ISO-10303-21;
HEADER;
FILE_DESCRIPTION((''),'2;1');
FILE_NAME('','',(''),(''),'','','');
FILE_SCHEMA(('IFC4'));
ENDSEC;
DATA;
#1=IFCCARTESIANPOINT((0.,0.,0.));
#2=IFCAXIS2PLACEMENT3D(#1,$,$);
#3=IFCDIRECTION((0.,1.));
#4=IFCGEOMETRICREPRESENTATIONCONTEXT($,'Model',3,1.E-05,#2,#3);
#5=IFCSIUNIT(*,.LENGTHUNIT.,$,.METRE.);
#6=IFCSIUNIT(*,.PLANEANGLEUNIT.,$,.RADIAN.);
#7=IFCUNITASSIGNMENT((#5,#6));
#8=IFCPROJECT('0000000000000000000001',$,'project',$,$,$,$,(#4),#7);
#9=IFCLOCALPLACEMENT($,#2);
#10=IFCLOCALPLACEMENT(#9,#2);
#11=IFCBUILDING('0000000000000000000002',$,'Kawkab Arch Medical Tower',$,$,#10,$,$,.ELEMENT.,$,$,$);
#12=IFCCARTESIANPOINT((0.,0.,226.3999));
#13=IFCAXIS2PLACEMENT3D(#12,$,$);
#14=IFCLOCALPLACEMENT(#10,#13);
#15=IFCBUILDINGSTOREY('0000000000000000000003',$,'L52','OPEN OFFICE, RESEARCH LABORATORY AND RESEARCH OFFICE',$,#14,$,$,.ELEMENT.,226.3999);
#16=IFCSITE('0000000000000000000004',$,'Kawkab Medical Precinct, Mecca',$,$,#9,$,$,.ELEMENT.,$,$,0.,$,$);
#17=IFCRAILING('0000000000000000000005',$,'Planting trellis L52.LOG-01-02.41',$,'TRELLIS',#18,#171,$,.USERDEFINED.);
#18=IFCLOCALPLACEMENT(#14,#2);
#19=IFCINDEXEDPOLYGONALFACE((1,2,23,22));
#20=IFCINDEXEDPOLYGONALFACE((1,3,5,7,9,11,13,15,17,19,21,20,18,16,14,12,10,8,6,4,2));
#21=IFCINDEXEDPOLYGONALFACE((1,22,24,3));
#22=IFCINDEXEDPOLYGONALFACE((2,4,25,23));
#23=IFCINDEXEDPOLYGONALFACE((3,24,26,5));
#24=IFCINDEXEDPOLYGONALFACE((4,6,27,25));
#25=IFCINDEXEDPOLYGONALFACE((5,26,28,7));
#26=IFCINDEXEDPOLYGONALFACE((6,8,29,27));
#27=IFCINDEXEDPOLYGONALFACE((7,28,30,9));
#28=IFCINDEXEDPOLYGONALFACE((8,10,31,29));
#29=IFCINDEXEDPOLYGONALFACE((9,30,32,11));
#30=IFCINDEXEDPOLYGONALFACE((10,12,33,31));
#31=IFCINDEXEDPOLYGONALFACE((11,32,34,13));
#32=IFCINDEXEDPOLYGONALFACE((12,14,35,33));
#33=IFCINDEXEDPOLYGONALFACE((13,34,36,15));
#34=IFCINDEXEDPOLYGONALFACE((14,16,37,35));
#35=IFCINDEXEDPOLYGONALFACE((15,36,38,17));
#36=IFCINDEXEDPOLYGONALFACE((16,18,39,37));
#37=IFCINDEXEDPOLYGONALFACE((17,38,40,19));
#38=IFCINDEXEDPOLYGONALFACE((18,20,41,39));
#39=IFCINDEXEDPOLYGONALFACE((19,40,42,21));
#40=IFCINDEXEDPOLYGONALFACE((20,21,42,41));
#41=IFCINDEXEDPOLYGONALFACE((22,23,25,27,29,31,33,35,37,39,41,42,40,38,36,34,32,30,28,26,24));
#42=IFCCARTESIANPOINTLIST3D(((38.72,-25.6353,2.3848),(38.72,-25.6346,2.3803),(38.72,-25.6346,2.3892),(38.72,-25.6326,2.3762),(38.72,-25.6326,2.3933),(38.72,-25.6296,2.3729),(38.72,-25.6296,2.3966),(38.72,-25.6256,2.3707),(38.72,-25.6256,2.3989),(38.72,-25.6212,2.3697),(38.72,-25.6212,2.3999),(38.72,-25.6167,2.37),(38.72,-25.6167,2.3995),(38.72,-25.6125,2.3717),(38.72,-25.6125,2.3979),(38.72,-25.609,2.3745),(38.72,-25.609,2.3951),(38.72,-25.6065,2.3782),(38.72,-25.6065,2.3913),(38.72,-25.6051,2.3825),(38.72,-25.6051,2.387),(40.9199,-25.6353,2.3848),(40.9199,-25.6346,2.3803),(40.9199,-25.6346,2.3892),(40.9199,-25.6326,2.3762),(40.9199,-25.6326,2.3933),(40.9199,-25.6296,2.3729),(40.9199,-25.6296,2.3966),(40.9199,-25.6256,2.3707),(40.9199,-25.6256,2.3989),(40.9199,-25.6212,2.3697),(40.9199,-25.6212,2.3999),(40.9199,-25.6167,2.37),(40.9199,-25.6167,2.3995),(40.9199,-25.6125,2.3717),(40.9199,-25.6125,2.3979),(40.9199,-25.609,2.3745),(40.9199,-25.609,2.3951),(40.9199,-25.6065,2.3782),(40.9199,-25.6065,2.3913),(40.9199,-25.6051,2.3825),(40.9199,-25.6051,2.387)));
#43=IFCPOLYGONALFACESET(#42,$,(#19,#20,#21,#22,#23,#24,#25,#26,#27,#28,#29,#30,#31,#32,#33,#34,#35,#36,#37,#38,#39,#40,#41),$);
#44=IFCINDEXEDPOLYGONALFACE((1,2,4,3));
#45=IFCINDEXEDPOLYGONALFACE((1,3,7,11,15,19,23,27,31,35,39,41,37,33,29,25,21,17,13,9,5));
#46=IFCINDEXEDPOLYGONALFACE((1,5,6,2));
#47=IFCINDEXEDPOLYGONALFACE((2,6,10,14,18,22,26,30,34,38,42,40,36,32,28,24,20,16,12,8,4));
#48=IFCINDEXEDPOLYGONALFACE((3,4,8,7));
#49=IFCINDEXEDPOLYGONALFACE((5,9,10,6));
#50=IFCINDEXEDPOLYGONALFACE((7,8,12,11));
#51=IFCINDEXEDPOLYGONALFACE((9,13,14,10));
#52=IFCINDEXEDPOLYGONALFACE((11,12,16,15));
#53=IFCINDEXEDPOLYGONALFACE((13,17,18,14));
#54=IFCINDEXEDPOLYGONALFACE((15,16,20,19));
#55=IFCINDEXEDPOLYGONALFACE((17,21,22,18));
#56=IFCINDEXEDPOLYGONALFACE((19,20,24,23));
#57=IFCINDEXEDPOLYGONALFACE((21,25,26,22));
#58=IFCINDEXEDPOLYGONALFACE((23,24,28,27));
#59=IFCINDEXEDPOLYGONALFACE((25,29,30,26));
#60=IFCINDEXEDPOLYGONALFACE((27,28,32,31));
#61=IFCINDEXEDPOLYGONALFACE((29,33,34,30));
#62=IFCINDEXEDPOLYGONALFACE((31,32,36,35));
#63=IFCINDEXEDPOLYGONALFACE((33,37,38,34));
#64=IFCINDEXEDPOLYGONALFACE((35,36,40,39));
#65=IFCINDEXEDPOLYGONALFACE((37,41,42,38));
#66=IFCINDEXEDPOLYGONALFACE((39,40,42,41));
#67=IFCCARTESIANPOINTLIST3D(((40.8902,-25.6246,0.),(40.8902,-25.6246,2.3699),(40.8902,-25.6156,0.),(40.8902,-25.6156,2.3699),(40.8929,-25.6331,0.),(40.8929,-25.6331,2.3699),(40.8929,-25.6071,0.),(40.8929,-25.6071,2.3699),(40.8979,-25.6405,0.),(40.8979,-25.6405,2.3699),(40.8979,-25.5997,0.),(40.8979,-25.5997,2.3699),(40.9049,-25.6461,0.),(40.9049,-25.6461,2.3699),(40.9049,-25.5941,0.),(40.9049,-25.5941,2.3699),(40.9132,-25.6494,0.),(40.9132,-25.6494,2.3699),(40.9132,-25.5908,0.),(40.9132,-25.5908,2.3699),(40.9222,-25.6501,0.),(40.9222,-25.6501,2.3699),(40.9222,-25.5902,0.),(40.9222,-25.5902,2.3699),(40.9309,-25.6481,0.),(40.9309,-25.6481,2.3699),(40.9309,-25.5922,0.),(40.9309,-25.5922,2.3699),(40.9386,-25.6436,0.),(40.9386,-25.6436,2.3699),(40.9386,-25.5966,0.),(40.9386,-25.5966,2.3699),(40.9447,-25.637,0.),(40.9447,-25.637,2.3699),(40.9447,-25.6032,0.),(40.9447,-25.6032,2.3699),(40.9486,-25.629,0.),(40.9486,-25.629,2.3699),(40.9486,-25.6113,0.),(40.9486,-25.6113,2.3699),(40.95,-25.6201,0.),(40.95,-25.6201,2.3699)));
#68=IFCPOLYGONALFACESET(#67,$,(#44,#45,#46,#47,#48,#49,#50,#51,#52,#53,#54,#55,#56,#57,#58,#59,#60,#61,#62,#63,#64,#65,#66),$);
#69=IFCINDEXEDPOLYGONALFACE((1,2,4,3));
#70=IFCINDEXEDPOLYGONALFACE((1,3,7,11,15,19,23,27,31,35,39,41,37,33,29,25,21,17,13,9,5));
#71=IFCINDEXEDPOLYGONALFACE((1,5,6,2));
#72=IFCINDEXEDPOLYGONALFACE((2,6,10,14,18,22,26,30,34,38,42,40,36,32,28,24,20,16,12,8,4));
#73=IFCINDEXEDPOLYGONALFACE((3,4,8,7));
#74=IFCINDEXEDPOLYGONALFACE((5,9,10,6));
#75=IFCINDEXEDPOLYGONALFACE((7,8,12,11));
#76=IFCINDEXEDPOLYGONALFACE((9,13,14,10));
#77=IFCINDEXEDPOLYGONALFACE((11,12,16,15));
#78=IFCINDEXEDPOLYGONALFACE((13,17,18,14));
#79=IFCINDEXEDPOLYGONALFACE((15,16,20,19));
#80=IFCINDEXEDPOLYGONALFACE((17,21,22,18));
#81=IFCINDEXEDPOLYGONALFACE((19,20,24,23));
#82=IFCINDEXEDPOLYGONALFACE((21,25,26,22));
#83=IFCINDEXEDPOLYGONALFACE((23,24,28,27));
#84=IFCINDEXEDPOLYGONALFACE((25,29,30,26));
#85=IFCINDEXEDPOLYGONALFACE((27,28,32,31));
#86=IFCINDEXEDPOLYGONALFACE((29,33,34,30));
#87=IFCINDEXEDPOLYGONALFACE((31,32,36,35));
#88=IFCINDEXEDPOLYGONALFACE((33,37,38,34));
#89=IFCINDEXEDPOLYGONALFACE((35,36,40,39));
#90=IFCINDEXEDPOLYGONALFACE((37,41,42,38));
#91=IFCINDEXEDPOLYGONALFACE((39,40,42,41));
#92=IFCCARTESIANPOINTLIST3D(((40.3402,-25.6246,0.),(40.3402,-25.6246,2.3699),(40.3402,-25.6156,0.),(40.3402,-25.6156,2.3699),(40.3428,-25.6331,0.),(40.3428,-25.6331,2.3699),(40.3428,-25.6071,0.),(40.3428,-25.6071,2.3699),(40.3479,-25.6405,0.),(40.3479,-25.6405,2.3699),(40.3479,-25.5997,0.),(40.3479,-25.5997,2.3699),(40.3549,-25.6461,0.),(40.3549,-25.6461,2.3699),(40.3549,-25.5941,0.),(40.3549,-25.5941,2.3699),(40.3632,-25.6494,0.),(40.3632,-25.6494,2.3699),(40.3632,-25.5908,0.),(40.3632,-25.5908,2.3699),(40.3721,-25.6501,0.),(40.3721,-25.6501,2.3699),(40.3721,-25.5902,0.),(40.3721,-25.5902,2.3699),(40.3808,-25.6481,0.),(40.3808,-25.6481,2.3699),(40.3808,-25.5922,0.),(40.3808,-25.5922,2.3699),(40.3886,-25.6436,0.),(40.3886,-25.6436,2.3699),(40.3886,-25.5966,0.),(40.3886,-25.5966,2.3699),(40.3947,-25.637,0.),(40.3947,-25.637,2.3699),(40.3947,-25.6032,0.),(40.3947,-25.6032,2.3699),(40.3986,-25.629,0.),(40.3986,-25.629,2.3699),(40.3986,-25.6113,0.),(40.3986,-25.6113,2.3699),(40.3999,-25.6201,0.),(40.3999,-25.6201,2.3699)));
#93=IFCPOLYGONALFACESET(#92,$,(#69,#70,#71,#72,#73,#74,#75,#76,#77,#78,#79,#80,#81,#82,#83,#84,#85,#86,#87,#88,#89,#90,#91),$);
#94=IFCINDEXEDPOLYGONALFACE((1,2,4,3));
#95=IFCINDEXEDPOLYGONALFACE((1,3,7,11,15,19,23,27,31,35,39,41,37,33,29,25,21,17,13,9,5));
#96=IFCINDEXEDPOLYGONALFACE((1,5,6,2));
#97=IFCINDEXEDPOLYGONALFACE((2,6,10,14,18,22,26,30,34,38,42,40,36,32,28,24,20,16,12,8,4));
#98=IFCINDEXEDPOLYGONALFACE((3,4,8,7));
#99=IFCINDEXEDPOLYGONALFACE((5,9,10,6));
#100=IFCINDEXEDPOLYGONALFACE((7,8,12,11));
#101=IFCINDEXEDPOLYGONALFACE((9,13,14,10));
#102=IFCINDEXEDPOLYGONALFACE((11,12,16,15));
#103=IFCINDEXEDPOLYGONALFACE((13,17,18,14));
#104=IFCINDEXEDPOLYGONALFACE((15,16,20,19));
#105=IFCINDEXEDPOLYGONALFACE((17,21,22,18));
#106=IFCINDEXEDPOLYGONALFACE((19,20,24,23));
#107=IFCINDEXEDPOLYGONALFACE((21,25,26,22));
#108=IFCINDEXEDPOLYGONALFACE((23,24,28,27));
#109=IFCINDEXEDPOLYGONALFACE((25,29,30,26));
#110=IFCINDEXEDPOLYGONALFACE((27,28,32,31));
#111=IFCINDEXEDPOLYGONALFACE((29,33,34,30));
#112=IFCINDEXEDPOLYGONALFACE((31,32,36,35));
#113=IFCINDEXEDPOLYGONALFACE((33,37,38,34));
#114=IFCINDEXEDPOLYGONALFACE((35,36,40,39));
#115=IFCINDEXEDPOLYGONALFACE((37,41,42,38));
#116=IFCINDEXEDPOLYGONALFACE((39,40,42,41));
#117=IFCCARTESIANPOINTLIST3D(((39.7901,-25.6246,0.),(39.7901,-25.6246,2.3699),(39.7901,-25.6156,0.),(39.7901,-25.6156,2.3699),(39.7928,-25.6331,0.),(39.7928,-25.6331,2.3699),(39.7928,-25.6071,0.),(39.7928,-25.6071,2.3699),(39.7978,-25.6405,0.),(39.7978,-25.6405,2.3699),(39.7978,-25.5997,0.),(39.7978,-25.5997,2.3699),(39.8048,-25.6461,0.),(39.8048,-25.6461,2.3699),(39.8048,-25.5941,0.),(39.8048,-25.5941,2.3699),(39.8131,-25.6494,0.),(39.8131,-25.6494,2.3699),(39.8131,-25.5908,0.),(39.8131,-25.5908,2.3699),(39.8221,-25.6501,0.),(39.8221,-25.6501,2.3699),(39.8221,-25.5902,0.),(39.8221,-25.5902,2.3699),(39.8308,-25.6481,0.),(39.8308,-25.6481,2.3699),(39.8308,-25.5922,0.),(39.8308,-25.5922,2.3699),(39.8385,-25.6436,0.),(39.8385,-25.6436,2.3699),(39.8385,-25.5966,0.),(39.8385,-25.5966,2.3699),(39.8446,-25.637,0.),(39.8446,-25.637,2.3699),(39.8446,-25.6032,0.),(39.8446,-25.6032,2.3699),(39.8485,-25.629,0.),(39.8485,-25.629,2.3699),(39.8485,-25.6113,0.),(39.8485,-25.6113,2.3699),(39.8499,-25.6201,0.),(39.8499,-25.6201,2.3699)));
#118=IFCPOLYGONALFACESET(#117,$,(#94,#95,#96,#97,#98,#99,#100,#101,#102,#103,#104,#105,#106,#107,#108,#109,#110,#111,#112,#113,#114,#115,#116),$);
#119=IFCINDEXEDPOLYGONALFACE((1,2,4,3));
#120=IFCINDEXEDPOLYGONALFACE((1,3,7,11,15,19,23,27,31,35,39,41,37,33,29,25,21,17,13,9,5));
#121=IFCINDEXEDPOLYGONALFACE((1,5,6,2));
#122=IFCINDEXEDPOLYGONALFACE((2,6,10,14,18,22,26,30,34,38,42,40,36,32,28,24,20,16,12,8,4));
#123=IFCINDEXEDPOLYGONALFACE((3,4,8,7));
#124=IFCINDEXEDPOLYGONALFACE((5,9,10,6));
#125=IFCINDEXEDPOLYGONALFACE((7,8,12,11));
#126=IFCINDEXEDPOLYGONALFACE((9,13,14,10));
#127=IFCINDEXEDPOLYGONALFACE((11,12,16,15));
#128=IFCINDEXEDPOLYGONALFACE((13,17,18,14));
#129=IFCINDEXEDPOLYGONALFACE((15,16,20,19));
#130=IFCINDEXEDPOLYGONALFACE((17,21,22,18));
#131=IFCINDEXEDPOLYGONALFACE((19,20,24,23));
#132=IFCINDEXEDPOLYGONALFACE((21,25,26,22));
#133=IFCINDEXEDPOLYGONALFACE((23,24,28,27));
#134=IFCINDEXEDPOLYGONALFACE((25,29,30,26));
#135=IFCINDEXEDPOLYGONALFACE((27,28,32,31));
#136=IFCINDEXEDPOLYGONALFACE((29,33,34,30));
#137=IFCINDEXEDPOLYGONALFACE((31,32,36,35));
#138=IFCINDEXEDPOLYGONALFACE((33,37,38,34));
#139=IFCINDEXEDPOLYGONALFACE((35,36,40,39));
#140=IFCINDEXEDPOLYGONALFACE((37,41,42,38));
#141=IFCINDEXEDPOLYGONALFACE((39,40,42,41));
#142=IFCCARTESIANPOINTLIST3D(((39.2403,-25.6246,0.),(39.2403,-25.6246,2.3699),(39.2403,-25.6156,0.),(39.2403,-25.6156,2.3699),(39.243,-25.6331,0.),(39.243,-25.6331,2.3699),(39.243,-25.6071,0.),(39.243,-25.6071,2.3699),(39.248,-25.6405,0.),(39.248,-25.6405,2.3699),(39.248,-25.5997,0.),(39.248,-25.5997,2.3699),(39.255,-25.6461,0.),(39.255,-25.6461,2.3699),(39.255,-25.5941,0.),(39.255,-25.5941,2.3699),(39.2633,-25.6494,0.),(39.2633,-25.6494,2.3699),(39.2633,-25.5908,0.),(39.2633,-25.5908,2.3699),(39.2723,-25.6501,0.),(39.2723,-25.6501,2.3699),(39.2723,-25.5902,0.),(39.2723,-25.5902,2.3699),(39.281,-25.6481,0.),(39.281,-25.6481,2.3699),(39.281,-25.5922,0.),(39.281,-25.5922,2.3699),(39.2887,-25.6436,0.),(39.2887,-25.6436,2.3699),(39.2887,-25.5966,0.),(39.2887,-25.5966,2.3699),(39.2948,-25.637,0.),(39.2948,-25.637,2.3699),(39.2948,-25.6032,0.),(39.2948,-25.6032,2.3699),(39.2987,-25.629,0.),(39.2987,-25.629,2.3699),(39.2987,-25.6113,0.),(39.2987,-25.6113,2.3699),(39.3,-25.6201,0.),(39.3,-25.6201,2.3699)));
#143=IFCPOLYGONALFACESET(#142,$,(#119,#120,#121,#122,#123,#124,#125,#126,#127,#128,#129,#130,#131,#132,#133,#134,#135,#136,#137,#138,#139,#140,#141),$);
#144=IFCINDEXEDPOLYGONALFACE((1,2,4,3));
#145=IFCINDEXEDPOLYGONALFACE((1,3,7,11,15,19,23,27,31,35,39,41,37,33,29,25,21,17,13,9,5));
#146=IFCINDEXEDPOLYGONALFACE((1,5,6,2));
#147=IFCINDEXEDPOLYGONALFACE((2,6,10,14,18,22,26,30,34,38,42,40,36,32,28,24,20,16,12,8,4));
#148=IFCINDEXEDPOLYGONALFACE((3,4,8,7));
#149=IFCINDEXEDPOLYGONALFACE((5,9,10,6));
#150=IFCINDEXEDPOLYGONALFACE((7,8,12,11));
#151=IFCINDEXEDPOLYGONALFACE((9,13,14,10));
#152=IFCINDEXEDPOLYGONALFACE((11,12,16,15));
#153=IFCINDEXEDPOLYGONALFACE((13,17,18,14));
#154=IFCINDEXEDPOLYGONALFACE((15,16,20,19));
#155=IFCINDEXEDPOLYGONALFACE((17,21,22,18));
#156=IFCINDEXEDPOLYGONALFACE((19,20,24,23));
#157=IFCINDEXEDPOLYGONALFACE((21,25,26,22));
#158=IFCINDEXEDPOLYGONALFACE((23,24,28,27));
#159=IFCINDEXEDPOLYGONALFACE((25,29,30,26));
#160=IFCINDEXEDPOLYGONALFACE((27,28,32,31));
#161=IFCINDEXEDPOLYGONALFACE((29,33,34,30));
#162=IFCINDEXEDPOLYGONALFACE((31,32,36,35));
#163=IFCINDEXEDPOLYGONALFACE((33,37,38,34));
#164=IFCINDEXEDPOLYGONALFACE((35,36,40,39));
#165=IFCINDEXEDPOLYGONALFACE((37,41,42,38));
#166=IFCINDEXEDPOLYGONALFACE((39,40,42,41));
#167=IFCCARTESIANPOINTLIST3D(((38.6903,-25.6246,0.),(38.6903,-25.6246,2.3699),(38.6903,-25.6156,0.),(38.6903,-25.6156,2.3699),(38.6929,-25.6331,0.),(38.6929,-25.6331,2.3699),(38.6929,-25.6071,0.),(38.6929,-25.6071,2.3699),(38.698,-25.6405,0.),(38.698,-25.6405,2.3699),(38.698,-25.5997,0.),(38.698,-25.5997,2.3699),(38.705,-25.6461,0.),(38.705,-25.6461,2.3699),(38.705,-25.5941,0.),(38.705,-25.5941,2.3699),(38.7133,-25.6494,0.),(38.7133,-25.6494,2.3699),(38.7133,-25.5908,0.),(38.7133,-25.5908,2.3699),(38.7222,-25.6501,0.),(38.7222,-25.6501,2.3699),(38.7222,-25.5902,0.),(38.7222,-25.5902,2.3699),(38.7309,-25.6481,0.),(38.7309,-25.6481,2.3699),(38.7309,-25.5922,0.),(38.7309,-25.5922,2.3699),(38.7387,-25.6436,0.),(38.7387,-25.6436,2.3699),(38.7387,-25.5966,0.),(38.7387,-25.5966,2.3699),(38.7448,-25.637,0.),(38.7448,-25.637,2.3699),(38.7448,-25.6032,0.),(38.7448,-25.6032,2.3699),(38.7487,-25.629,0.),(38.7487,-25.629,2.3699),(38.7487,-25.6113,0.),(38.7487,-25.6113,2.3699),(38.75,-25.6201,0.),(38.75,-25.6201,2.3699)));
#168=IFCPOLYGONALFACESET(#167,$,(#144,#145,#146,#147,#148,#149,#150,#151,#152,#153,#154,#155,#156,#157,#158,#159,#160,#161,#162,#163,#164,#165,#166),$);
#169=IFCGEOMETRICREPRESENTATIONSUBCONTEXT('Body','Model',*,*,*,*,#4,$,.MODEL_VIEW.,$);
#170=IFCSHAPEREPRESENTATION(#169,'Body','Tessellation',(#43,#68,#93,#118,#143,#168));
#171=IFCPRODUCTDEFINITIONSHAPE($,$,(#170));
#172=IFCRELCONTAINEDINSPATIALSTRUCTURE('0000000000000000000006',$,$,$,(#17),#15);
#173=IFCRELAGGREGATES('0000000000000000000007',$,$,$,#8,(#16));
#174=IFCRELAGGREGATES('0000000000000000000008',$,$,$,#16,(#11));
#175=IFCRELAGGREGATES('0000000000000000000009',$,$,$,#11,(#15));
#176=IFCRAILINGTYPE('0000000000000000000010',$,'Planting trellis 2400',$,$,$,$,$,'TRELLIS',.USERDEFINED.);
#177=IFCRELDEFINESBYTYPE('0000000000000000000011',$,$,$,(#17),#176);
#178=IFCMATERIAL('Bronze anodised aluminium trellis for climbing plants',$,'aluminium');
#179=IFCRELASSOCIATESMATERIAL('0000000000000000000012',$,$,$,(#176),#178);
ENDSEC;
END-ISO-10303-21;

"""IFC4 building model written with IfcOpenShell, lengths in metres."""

from ifc_helpers import new_model, si_unit, direction, frame, origin, origin_2d, place, context, subcontext, project, spatial, circle, extrude, material, type_object, element, save


model = new_model("IFC4")

# Units and contexts
model_context = context("Model", 3, precision=1e-05, world=origin(), true_north=direction((0.0, 1.0)))
body_context = subcontext(model_context, "Body", "Model", "MODEL_VIEW")
ifc_project = project(units=[si_unit("LENGTHUNIT", "METRE"), si_unit("PLANEANGLEUNIT", "RADIAN")], contexts=[model_context])

# Site, building, storey
site_placement = place(None, origin())
site = spatial("IfcSite", under=ifc_project, at=site_placement, Name="Kawkab Medical Precinct, Mecca", CompositionType="ELEMENT", RefElevation=0.0)
building_placement = place(site_placement, origin())
building = spatial("IfcBuilding", under=site, at=building_placement, Name="Kawkab Arch Medical Tower", CompositionType="ELEMENT")
storey_placement = place(building_placement, frame((0.0, 0.0, 226.3999)))
storey = spatial("IfcBuildingStorey", under=building, at=storey_placement, Name="L52", Description="OPEN OFFICE, RESEARCH LABORATORY AND RESEARCH OFFICE", CompositionType="ELEMENT", Elevation=226.3999)

# Railing
ifc_material_1 = material(Name="Bronze anodised aluminium trellis for climbing plants", Category="aluminium")
railing_type_1 = type_object("IfcRailingType", Name="Planting trellis 2400", ElementType="TRELLIS", PredefinedType="USERDEFINED", material=ifc_material_1)
railing_1_placement = place(storey_placement, frame((40.9199, -25.6201, 0.0)))
element("IfcRailing", 1, at=railing_1_placement, inside=storey, type_object=railing_type_1, Name="Planting trellis L52.LOG-01-02.41", ObjectType="TRELLIS", PredefinedType="USERDEFINED", context=body_context, shape_type="SweptSolid", body=[
    extrude(circle(Radius=0.0151, at=origin_2d()), frame((0.0, 0.0, 2.3848), z_axis=(-1.0, 0.0, 0.0), x_axis=(0.0, -1.0, 0.0)), (0.0, 0.0, 1.0), 2.2),
    extrude(circle(Radius=0.03, at=origin_2d()), origin(), (0.0, 0.0, 1.0), 2.3699),
    extrude(circle(Radius=0.03, at=origin_2d()), frame((-0.55, 0.0, 0.0)), (0.0, 0.0, 1.0), 2.3699),
    extrude(circle(Radius=0.03, at=origin_2d()), frame((-1.1001, 0.0, 0.0)), (0.0, 0.0, 1.0), 2.3699),
    extrude(circle(Radius=0.03, at=origin_2d()), frame((-1.6499, 0.0, 0.0)), (0.0, 0.0, 1.0), 2.3699),
    extrude(circle(Radius=0.03, at=origin_2d()), frame((-2.2, 0.0, 0.0)), (0.0, 0.0, 1.0), 2.3699),
])

save(model, "model.ifc")
